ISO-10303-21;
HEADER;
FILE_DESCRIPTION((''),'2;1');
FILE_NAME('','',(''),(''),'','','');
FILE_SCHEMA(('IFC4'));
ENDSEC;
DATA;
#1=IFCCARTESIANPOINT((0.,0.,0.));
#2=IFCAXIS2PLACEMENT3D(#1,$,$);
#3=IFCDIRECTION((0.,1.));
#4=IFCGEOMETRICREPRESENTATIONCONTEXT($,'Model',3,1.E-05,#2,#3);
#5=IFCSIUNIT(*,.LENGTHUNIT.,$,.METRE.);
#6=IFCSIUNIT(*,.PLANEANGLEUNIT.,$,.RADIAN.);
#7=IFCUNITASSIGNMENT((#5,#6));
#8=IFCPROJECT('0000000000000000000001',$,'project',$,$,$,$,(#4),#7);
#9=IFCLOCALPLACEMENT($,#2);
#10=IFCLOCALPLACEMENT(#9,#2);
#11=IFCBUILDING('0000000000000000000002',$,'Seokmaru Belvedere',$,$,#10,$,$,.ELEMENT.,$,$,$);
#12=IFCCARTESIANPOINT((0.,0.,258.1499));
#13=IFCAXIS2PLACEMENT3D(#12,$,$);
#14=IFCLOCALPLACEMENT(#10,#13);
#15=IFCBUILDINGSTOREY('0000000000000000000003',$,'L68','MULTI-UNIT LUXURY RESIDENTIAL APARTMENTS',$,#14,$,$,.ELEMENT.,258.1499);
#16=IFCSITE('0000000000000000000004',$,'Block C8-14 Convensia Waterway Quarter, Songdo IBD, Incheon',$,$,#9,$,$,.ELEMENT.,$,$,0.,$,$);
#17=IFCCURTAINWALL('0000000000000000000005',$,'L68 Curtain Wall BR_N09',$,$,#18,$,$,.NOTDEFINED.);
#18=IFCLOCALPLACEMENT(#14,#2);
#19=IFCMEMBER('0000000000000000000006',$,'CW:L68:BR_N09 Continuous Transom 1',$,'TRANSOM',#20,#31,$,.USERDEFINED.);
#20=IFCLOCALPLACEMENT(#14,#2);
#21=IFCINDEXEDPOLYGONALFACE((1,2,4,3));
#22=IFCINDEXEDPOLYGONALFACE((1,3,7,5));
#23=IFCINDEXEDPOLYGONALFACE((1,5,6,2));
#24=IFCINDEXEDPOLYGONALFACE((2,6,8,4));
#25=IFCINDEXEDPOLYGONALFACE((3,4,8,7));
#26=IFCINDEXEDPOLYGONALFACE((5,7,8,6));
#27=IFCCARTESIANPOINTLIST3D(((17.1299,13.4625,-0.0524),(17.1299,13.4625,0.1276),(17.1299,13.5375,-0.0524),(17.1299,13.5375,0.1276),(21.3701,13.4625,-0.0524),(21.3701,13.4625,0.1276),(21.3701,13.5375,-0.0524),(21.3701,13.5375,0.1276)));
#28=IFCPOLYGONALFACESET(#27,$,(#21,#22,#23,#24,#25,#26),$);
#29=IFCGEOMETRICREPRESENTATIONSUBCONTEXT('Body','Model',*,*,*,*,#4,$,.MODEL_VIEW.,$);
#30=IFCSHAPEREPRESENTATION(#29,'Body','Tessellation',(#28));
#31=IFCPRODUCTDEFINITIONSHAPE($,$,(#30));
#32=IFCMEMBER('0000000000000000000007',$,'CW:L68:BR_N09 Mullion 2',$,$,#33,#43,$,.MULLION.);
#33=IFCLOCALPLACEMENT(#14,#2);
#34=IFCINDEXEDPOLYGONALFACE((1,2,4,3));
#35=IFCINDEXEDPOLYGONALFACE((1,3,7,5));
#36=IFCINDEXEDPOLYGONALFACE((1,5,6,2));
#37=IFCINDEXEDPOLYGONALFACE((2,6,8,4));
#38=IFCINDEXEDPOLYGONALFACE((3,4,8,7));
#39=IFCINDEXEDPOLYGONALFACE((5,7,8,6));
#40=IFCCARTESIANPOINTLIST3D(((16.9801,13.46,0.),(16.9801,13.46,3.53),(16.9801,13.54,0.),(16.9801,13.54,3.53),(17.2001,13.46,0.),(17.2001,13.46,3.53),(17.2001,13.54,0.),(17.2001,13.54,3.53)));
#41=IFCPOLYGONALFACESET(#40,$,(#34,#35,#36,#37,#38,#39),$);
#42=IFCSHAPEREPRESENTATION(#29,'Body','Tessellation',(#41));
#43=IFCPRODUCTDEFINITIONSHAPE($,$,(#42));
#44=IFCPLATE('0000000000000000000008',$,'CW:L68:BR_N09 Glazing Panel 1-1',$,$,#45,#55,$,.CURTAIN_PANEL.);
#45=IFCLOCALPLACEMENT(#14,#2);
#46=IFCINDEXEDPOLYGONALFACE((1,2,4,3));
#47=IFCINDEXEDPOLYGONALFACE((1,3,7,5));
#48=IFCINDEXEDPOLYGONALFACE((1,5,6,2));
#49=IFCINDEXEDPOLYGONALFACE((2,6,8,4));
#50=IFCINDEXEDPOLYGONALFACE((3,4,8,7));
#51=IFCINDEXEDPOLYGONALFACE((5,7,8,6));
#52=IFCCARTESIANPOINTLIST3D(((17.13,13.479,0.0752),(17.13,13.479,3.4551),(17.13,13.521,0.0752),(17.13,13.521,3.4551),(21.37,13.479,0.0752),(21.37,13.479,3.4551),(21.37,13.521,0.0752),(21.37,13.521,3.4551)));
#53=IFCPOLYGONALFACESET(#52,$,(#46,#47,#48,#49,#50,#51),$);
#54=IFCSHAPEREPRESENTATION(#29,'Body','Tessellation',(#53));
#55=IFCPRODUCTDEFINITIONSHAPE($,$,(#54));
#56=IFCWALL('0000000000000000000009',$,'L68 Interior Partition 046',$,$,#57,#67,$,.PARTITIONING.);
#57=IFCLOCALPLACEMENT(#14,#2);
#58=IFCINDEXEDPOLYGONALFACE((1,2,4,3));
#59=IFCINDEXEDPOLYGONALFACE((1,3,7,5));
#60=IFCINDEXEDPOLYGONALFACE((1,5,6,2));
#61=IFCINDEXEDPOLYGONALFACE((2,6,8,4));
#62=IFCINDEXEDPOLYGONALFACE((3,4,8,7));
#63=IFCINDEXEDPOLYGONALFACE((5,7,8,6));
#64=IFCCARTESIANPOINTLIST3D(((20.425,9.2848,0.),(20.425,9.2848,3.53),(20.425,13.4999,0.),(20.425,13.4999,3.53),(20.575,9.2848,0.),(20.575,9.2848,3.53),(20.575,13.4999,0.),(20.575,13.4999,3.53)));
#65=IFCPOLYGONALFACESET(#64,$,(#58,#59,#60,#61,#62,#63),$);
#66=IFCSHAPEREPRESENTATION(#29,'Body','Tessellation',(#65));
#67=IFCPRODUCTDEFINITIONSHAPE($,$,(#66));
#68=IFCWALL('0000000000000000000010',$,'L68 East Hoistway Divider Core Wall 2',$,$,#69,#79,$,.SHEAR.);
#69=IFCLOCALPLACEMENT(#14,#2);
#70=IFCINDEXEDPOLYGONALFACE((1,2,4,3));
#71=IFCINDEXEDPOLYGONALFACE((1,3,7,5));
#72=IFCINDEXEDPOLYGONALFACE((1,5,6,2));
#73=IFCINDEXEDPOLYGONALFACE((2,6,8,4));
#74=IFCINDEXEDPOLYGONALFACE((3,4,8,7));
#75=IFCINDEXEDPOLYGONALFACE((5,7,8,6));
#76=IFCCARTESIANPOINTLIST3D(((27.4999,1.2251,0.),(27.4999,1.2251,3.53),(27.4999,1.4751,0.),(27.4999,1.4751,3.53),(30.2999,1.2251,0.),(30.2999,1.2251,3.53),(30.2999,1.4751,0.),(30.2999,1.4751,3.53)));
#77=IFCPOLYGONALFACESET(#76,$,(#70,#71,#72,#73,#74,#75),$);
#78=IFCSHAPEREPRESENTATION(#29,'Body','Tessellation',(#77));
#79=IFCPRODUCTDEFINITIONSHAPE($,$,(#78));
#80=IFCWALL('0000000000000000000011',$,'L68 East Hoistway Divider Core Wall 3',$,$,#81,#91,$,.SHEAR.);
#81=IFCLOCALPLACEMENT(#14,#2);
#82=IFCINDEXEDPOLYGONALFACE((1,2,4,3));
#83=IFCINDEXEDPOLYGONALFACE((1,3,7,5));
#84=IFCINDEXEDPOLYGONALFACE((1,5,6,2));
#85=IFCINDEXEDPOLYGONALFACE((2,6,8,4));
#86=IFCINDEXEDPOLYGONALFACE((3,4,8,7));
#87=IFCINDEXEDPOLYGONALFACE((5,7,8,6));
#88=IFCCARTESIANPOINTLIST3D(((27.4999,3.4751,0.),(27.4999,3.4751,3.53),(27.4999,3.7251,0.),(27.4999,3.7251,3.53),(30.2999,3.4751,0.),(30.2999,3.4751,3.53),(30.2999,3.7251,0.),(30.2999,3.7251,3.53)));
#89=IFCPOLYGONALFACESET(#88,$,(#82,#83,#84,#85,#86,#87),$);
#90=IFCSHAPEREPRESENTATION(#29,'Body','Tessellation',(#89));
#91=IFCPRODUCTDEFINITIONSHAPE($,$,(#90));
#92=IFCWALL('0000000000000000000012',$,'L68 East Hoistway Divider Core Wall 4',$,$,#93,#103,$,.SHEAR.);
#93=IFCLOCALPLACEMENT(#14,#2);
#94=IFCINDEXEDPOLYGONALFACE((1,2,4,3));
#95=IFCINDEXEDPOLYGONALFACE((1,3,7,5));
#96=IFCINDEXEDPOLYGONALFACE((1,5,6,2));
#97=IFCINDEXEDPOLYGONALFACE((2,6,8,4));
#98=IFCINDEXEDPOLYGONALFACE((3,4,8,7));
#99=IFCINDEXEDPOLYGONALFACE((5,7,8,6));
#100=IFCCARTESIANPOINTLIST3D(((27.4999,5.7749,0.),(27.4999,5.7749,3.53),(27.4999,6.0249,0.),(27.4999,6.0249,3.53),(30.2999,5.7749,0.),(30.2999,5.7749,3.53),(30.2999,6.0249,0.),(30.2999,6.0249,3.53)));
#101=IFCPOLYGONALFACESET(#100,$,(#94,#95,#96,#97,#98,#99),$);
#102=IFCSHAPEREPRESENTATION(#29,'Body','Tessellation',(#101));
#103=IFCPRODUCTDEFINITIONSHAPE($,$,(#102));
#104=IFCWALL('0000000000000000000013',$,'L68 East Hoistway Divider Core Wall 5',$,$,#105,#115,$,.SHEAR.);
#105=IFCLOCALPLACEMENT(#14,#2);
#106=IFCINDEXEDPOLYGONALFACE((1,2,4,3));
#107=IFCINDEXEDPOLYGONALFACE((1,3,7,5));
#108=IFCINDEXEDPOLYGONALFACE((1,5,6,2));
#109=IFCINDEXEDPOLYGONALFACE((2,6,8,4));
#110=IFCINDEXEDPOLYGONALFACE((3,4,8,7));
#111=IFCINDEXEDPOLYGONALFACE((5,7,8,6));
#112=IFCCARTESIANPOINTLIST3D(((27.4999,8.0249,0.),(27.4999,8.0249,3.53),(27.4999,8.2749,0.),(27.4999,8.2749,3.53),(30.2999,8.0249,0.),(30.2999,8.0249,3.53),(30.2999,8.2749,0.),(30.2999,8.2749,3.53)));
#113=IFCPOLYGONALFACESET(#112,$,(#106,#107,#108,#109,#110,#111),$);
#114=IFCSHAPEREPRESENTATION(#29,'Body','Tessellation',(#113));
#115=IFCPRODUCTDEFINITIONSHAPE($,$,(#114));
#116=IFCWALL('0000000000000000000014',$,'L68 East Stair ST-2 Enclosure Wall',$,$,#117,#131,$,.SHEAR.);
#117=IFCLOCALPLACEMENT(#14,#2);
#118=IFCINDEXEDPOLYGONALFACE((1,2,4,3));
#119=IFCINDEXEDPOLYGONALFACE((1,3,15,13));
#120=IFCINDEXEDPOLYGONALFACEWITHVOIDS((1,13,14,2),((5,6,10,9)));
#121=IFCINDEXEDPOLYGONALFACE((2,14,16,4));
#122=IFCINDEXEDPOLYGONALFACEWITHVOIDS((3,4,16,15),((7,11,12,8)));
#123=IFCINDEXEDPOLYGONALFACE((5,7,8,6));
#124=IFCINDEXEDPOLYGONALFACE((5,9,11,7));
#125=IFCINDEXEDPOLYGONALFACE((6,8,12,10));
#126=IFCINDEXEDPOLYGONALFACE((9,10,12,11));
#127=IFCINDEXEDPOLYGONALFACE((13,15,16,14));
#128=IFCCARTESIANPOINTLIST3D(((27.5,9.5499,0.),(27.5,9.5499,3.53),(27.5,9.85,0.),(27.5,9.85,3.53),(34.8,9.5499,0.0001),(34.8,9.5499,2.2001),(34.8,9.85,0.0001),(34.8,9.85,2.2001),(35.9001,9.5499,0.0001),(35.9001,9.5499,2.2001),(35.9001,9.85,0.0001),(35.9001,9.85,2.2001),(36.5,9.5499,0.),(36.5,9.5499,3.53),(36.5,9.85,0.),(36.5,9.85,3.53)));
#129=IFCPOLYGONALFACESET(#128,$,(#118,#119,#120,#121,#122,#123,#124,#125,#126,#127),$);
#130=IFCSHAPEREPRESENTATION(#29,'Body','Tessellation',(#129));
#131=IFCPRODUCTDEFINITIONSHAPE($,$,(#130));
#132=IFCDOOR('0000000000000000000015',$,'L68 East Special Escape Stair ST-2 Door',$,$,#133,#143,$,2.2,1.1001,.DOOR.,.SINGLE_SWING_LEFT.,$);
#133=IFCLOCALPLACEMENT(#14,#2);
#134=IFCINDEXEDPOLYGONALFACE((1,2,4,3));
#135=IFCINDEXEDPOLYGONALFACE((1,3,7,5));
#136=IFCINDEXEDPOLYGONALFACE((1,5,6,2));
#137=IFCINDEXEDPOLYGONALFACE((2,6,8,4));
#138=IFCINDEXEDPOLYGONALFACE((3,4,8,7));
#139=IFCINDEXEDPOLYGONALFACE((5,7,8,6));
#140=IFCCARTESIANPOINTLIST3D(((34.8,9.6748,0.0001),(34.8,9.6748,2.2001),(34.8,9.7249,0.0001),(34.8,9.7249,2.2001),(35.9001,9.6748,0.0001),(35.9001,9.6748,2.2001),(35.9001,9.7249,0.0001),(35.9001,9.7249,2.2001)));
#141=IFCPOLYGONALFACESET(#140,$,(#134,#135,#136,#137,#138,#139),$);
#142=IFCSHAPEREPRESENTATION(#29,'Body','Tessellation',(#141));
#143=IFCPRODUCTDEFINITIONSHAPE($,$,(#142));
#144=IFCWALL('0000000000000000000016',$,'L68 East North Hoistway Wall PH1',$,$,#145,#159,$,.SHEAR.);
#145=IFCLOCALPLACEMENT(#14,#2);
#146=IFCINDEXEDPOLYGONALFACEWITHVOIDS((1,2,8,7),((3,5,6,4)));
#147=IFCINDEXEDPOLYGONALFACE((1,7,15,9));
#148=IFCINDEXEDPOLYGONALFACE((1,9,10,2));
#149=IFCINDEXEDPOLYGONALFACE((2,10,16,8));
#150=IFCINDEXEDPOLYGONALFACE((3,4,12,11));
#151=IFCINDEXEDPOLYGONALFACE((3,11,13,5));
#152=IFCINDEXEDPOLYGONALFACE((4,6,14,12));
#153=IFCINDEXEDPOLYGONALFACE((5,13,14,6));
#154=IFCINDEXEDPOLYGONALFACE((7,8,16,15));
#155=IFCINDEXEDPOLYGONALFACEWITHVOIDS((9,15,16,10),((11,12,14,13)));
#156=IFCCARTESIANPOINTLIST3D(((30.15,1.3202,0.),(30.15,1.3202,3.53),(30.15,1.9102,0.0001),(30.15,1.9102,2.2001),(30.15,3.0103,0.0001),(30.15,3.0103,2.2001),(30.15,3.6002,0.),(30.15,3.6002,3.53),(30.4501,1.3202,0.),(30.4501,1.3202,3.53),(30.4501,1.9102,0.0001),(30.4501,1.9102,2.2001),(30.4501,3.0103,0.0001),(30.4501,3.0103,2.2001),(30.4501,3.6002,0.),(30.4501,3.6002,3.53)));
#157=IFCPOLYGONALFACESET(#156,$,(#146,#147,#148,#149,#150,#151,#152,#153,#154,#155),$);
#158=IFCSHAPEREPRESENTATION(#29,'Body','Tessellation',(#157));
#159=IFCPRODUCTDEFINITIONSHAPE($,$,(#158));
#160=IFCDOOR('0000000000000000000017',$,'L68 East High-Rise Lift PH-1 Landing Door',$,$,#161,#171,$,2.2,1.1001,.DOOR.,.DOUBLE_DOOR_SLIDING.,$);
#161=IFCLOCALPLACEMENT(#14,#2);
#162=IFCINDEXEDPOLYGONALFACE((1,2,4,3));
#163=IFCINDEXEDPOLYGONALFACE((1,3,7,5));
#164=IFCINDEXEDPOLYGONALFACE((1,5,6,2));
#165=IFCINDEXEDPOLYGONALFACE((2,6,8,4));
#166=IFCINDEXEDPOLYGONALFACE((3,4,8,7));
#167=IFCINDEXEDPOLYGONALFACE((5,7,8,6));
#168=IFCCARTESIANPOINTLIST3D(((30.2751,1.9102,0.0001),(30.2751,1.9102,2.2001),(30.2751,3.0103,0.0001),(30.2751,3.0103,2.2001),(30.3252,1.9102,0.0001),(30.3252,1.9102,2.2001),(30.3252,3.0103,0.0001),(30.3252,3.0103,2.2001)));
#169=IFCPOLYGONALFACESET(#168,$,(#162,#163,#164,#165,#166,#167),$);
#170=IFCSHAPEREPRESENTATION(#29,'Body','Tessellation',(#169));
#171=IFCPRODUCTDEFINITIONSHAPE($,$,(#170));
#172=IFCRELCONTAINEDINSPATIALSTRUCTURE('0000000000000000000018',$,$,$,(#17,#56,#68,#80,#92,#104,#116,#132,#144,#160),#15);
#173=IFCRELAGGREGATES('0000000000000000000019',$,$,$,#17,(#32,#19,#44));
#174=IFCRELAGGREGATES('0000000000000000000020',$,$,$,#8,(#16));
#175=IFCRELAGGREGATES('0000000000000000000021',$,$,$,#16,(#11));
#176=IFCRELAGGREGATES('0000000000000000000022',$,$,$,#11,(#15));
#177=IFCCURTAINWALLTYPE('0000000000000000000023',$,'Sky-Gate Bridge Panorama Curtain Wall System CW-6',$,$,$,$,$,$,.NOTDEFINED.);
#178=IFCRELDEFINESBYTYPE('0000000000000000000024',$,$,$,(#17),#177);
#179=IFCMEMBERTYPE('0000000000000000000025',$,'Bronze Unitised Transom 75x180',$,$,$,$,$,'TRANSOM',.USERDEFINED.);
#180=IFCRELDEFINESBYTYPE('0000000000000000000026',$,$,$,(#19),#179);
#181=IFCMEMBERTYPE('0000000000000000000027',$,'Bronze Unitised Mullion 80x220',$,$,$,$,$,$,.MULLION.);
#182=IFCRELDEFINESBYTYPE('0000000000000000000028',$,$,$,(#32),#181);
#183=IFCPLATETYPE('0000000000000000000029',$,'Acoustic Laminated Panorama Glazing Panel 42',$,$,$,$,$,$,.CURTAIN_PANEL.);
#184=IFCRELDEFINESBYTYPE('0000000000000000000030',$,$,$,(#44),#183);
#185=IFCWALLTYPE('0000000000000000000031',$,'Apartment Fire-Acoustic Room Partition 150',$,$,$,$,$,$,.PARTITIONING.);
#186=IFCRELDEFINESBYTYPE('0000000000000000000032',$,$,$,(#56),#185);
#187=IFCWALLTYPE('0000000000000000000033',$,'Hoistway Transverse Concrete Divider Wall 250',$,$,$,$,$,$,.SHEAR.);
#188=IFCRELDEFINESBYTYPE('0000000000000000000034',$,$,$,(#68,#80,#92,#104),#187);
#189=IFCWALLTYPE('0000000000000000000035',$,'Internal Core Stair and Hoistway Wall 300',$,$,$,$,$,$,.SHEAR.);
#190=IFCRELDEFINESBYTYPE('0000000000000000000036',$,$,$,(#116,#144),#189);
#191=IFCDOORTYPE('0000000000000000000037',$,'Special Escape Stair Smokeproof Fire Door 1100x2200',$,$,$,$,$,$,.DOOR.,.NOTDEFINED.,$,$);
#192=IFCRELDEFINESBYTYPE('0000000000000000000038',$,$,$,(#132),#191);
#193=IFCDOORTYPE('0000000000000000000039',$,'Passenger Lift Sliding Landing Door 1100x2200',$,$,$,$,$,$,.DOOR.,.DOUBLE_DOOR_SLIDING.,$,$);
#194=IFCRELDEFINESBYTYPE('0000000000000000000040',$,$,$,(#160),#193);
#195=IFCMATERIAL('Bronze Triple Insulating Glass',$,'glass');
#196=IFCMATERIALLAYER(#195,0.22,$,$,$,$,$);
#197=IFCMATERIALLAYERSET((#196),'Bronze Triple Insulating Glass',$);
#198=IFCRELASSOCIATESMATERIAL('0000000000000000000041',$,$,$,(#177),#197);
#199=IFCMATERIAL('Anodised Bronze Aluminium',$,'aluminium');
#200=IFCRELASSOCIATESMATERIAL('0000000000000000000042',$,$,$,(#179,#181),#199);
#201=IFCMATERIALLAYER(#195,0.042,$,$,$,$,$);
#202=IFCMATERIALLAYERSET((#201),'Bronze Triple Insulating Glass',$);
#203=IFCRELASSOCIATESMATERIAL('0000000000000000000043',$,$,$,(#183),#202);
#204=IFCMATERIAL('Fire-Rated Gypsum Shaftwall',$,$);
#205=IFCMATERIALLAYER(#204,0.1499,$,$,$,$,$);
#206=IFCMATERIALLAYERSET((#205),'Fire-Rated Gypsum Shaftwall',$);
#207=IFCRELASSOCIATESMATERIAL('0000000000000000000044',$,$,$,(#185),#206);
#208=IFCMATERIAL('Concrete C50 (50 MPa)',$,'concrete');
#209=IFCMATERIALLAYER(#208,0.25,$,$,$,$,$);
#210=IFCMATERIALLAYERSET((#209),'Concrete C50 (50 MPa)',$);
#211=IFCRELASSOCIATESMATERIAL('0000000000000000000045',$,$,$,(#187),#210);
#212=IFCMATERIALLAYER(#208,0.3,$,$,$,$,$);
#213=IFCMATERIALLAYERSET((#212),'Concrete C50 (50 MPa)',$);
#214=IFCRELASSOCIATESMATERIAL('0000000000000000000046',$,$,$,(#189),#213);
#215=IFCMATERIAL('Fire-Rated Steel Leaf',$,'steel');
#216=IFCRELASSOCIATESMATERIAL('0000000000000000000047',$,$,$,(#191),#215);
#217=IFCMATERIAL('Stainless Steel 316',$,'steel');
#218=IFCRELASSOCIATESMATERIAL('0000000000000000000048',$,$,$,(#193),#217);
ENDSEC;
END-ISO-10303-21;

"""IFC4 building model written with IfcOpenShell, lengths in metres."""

from ifc_helpers import new_model, si_unit, direction, frame, frame_2d, origin, origin_2d, place, context, subcontext, project, spatial, rectangle, extrude, source, transform, mapped, material, layer, layer_set, material_profile, profile_set, type_object, type_shapes, element, fill, aggregate, save


model = new_model("IFC4")

# Units and contexts
model_context = context("Model", 3, precision=1e-05, world=origin(), true_north=direction((0.0, 1.0)))
body_context = subcontext(model_context, "Body", "Model", "MODEL_VIEW")
ifc_project = project(units=[si_unit("LENGTHUNIT", "METRE"), si_unit("PLANEANGLEUNIT", "RADIAN")], contexts=[model_context])

# Site, building, storey
site_placement = place(None, origin())
site = spatial("IfcSite", under=ifc_project, at=site_placement, Name="Block C8-14 Convensia Waterway Quarter, Songdo IBD, Incheon", CompositionType="ELEMENT", RefElevation=0.0)
building_placement = place(site_placement, origin())
building = spatial("IfcBuilding", under=site, at=building_placement, Name="Seokmaru Belvedere", CompositionType="ELEMENT")
storey_placement = place(building_placement, frame((0.0, 0.0, 258.1499)))
storey = spatial("IfcBuildingStorey", under=building, at=storey_placement, Name="L68", Description="MULTI-UNIT LUXURY RESIDENTIAL APARTMENTS", CompositionType="ELEMENT", Elevation=258.1499)

# Curtain wall, members, plate
ifc_material_1 = material(Name="Bronze Triple Insulating Glass", Category="glass")
ifc_layer_1 = layer(ifc_material_1, 0.22)
ifc_layer_set_1 = layer_set([ifc_layer_1], Name="Bronze Triple Insulating Glass")
curtain_wall_type = type_object("IfcCurtainWallType", Name="Sky-Gate Bridge Panorama Curtain Wall System CW-6", PredefinedType="NOTDEFINED", material=ifc_layer_set_1)
curtain_wall_placement = place(storey_placement, origin())
curtain_wall = element("IfcCurtainWall", 1, at=curtain_wall_placement, inside=storey, type_object=curtain_wall_type, Name="L68 Curtain Wall BR_N09", PredefinedType="NOTDEFINED")
ifc_material_2 = material(Name="Anodised Bronze Aluminium", Category="aluminium")
ifc_material_profile_1 = material_profile(ifc_material_2, rectangle(XDim=0.075, YDim=0.1799, at=origin_2d()), Name="CW-T-75x180")
ifc_profile_set_1 = profile_set([ifc_material_profile_1], Name="Anodised Bronze Aluminium")
member_type_1 = type_object("IfcMemberType", Name="Bronze Unitised Transom 75x180", ElementType="TRANSOM", PredefinedType="USERDEFINED", material=ifc_profile_set_1)
shared_shape_1 = source(origin(), body_context, "Body", "SweptSolid", [
    extrude(rectangle(XDim=0.075, YDim=0.1799, at=origin_2d()), origin(), (0.0, 0.0, 1.0), 4.2402),
])
type_shapes(member_type_1, [shared_shape_1])
member_1_placement = place(storey_placement, frame((21.3701, 13.5, 0.0376), z_axis=(-1.0, 0.0, 0.0), x_axis=(0.0, -1.0, 0.0)))
member_1 = element("IfcMember", 2, at=member_1_placement, type_object=member_type_1, Name="CW:L68:BR_N09 Continuous Transom 1", ObjectType="TRANSOM", PredefinedType="USERDEFINED", context=body_context, shape_type="MappedRepresentation", body=[
    mapped(shared_shape_1, transform((0.0, 0.0, 0.0), scale=1.0)),
])
ifc_material_profile_2 = material_profile(ifc_material_2, rectangle(XDim=0.0801, YDim=0.22, at=origin_2d()), Name="CW-M-80x220")
ifc_profile_set_2 = profile_set([ifc_material_profile_2], Name="Anodised Bronze Aluminium")
member_type_2 = type_object("IfcMemberType", Name="Bronze Unitised Mullion 80x220", PredefinedType="MULLION", material=ifc_profile_set_2)
shared_shape_2 = source(origin(), body_context, "Body", "SweptSolid", [
    extrude(rectangle(XDim=0.0801, YDim=0.22, at=origin_2d()), origin(), (0.0, 0.0, 1.0), 3.53),
])
type_shapes(member_type_2, [shared_shape_2])
member_2_placement = place(storey_placement, frame((17.0901, 13.5, 0.0), z_axis=(0.0, 0.0, 1.0), x_axis=(0.0, -1.0, 0.0)))
member_2 = element("IfcMember", 3, at=member_2_placement, type_object=member_type_2, Name="CW:L68:BR_N09 Mullion 2", PredefinedType="MULLION", context=body_context, shape_type="MappedRepresentation", body=[
    mapped(shared_shape_2, transform((0.0, 0.0, 0.0), scale=1.0)),
])
ifc_layer_2 = layer(ifc_material_1, 0.042)
ifc_layer_set_2 = layer_set([ifc_layer_2], Name="Bronze Triple Insulating Glass")
plate_type = type_object("IfcPlateType", Name="Acoustic Laminated Panorama Glazing Panel 42", PredefinedType="CURTAIN_PANEL", material=ifc_layer_set_2)
shared_shape_3 = source(origin(), body_context, "Body", "SweptSolid", [
    extrude(rectangle(XDim=4.24, YDim=0.042, at=origin_2d()), origin(), (0.0, 0.0, 1.0), 3.3799),
])
type_shapes(plate_type, [shared_shape_3])
plate_placement = place(storey_placement, frame((19.25, 13.5, 0.0752), z_axis=(0.0, 0.0, 1.0), x_axis=(-1.0, 0.0, 0.0)))
plate = element("IfcPlate", 4, at=plate_placement, type_object=plate_type, Name="CW:L68:BR_N09 Glazing Panel 1-1", PredefinedType="CURTAIN_PANEL", context=body_context, shape_type="MappedRepresentation", body=[
    mapped(shared_shape_3, transform((0.0, 0.0, 0.0), scale=1.0)),
])
aggregate(curtain_wall, [member_2, member_1, plate])

# Walls
ifc_material_3 = material(Name="Fire-Rated Gypsum Shaftwall")
ifc_layer_3 = layer(ifc_material_3, 0.1499)
ifc_layer_set_3 = layer_set([ifc_layer_3], Name="Fire-Rated Gypsum Shaftwall")
wall_type_1 = type_object("IfcWallType", Name="Apartment Fire-Acoustic Room Partition 150", PredefinedType="PARTITIONING", material=ifc_layer_set_3)
wall_1_placement = place(storey_placement, frame((20.5, 9.2849, 0.0), z_axis=(0.0, 0.0, 1.0), x_axis=(0.0, 1.0, 0.0)))
element("IfcWall", 5, at=wall_1_placement, inside=storey, type_object=wall_type_1, Name="L68 Interior Partition 046", PredefinedType="PARTITIONING", context=body_context, shape_type="SweptSolid", body=[
    extrude(rectangle(XDim=4.2151, YDim=0.1499, at=frame_2d((2.1074, 0.0))), origin(), (0.0, 0.0, 1.0), 3.53),
])
ifc_material_4 = material(Name="Concrete C50 (50 MPa)", Category="concrete")
ifc_layer_4 = layer(ifc_material_4, 0.25)
ifc_layer_set_4 = layer_set([ifc_layer_4], Name="Concrete C50 (50 MPa)")
wall_type_2 = type_object("IfcWallType", Name="Hoistway Transverse Concrete Divider Wall 250", PredefinedType="SHEAR", material=ifc_layer_set_4)
for number, where, z_axis, x_axis, name in (
    (6, (27.5, 1.3501, 0.0), (0.0, 0.0, 1.0), (1.0, 0.0, 0.0), "L68 East Hoistway Divider Core Wall 2"),
    (7, (27.5, 3.6001, 0.0), (0.0, 0.0, 1.0), (1.0, 0.0, 0.0), "L68 East Hoistway Divider Core Wall 3"),
    (8, (27.5, 5.8999, 0.0), (0.0, 0.0, 1.0), (1.0, 0.0, 0.0), "L68 East Hoistway Divider Core Wall 4"),
    (9, (27.5, 8.1499, 0.0), (0.0, 0.0, 1.0), (1.0, 0.0, 0.0), "L68 East Hoistway Divider Core Wall 5"),
):
    element("IfcWall", number, at=place(storey_placement, frame(where, z_axis=z_axis, x_axis=x_axis)), inside=storey, type_object=wall_type_2, Name=name, PredefinedType="SHEAR", context=body_context, shape_type="SweptSolid", body=[
        extrude(rectangle(XDim=2.8, YDim=0.25, at=frame_2d((1.3999, 0.0))), origin(), (0.0, 0.0, 1.0), 3.53),
    ])

# Walls, openings, doors
ifc_layer_5 = layer(ifc_material_4, 0.3)
ifc_layer_set_5 = layer_set([ifc_layer_5], Name="Concrete C50 (50 MPa)")
wall_type_3 = type_object("IfcWallType", Name="Internal Core Stair and Hoistway Wall 300", PredefinedType="SHEAR", material=ifc_layer_set_5)
wall_2_placement = place(storey_placement, frame((27.5, 9.7, 0.0), z_axis=(0.0, 0.0, 1.0), x_axis=(1.0, 0.0, 0.0)))
wall_2 = element("IfcWall", 10, at=wall_2_placement, inside=storey, type_object=wall_type_3, Name="L68 East Stair ST-2 Enclosure Wall", PredefinedType="SHEAR", context=body_context, shape_type="SweptSolid", body=[
    extrude(rectangle(XDim=9.0, YDim=0.3, at=frame_2d((4.5, 0.0))), origin(), (0.0, 0.0, 1.0), 3.53),
])
opening_1_placement = place(wall_2_placement, frame((7.3, 0.0, 0.0)))
opening_1 = element("IfcOpeningElement", 11, at=opening_1_placement, cuts=wall_2, PredefinedType="OPENING", context=body_context, shape_type="SweptSolid", body=[
    extrude(rectangle(XDim=1.1001, YDim=2.2, at=frame_2d((0.55, 1.1001))), frame((0.0, 0.1602, 0.0), z_axis=(0.0, -1.0, 0.0), x_axis=(1.0, 0.0, 0.0)), (0.0, 0.0, 1.0), 0.3201),
])
ifc_material_5 = material(Name="Fire-Rated Steel Leaf", Category="steel")
door_type_1 = type_object("IfcDoorType", Name="Special Escape Stair Smokeproof Fire Door 1100x2200", OperationType="NOTDEFINED", PredefinedType="DOOR", material=ifc_material_5)
shared_shape_4 = source(origin(), body_context, "Body", "SweptSolid", [
    extrude(rectangle(XDim=1.1001, YDim=2.2, at=frame_2d((0.55, 1.1001))), frame((0.0, 0.0249, 0.0), z_axis=(0.0, -1.0, 0.0), x_axis=(1.0, 0.0, 0.0)), (0.0, 0.0, 1.0), 0.05),
])
type_shapes(door_type_1, [shared_shape_4])
door_1_placement = place(opening_1_placement, origin())
door_1 = element("IfcDoor", 12, at=door_1_placement, inside=storey, type_object=door_type_1, Name="L68 East Special Escape Stair ST-2 Door", OperationType="SINGLE_SWING_LEFT", OverallHeight=2.2, OverallWidth=1.1001, PredefinedType="DOOR", context=body_context, shape_type="MappedRepresentation", body=[
    mapped(shared_shape_4, transform((0.0, 0.0, 0.0), scale=1.0)),
])
fill(opening_1, door_1)
wall_3_placement = place(storey_placement, frame((30.3, 1.3201, 0.0), z_axis=(0.0, 0.0, 1.0), x_axis=(0.0, 1.0, 0.0)))
wall_3 = element("IfcWall", 13, at=wall_3_placement, inside=storey, type_object=wall_type_3, Name="L68 East North Hoistway Wall PH1", PredefinedType="SHEAR", context=body_context, shape_type="SweptSolid", body=[
    extrude(rectangle(XDim=2.28, YDim=0.3, at=frame_2d((1.1401, 0.0))), origin(), (0.0, 0.0, 1.0), 3.53),
])
opening_2_placement = place(wall_3_placement, frame((0.5901, 0.0, 0.0)))
opening_2 = element("IfcOpeningElement", 14, at=opening_2_placement, cuts=wall_3, PredefinedType="OPENING", context=body_context, shape_type="SweptSolid", body=[
    extrude(rectangle(XDim=1.1001, YDim=2.2, at=frame_2d((0.55, 1.1001))), frame((0.0, 0.1602, 0.0), z_axis=(0.0, -1.0, 0.0), x_axis=(1.0, 0.0, 0.0)), (0.0, 0.0, 1.0), 0.3201),
])
ifc_material_6 = material(Name="Stainless Steel 316", Category="steel")
door_type_2 = type_object("IfcDoorType", Name="Passenger Lift Sliding Landing Door 1100x2200", OperationType="DOUBLE_DOOR_SLIDING", PredefinedType="DOOR", material=ifc_material_6)
shared_shape_5 = source(origin(), body_context, "Body", "SweptSolid", [
    extrude(rectangle(XDim=1.1001, YDim=2.2, at=frame_2d((0.55, 1.1001))), frame((0.0, 0.0249, 0.0), z_axis=(0.0, -1.0, 0.0), x_axis=(1.0, 0.0, 0.0)), (0.0, 0.0, 1.0), 0.05),
])
type_shapes(door_type_2, [shared_shape_5])
door_2_placement = place(opening_2_placement, origin())
door_2 = element("IfcDoor", 15, at=door_2_placement, inside=storey, type_object=door_type_2, Name="L68 East High-Rise Lift PH-1 Landing Door", OperationType="DOUBLE_DOOR_SLIDING", OverallHeight=2.2, OverallWidth=1.1001, PredefinedType="DOOR", context=body_context, shape_type="MappedRepresentation", body=[
    mapped(shared_shape_5, transform((0.0, 0.0, 0.0), scale=1.0)),
])
fill(opening_2, door_2)

save(model, "model.ifc")
